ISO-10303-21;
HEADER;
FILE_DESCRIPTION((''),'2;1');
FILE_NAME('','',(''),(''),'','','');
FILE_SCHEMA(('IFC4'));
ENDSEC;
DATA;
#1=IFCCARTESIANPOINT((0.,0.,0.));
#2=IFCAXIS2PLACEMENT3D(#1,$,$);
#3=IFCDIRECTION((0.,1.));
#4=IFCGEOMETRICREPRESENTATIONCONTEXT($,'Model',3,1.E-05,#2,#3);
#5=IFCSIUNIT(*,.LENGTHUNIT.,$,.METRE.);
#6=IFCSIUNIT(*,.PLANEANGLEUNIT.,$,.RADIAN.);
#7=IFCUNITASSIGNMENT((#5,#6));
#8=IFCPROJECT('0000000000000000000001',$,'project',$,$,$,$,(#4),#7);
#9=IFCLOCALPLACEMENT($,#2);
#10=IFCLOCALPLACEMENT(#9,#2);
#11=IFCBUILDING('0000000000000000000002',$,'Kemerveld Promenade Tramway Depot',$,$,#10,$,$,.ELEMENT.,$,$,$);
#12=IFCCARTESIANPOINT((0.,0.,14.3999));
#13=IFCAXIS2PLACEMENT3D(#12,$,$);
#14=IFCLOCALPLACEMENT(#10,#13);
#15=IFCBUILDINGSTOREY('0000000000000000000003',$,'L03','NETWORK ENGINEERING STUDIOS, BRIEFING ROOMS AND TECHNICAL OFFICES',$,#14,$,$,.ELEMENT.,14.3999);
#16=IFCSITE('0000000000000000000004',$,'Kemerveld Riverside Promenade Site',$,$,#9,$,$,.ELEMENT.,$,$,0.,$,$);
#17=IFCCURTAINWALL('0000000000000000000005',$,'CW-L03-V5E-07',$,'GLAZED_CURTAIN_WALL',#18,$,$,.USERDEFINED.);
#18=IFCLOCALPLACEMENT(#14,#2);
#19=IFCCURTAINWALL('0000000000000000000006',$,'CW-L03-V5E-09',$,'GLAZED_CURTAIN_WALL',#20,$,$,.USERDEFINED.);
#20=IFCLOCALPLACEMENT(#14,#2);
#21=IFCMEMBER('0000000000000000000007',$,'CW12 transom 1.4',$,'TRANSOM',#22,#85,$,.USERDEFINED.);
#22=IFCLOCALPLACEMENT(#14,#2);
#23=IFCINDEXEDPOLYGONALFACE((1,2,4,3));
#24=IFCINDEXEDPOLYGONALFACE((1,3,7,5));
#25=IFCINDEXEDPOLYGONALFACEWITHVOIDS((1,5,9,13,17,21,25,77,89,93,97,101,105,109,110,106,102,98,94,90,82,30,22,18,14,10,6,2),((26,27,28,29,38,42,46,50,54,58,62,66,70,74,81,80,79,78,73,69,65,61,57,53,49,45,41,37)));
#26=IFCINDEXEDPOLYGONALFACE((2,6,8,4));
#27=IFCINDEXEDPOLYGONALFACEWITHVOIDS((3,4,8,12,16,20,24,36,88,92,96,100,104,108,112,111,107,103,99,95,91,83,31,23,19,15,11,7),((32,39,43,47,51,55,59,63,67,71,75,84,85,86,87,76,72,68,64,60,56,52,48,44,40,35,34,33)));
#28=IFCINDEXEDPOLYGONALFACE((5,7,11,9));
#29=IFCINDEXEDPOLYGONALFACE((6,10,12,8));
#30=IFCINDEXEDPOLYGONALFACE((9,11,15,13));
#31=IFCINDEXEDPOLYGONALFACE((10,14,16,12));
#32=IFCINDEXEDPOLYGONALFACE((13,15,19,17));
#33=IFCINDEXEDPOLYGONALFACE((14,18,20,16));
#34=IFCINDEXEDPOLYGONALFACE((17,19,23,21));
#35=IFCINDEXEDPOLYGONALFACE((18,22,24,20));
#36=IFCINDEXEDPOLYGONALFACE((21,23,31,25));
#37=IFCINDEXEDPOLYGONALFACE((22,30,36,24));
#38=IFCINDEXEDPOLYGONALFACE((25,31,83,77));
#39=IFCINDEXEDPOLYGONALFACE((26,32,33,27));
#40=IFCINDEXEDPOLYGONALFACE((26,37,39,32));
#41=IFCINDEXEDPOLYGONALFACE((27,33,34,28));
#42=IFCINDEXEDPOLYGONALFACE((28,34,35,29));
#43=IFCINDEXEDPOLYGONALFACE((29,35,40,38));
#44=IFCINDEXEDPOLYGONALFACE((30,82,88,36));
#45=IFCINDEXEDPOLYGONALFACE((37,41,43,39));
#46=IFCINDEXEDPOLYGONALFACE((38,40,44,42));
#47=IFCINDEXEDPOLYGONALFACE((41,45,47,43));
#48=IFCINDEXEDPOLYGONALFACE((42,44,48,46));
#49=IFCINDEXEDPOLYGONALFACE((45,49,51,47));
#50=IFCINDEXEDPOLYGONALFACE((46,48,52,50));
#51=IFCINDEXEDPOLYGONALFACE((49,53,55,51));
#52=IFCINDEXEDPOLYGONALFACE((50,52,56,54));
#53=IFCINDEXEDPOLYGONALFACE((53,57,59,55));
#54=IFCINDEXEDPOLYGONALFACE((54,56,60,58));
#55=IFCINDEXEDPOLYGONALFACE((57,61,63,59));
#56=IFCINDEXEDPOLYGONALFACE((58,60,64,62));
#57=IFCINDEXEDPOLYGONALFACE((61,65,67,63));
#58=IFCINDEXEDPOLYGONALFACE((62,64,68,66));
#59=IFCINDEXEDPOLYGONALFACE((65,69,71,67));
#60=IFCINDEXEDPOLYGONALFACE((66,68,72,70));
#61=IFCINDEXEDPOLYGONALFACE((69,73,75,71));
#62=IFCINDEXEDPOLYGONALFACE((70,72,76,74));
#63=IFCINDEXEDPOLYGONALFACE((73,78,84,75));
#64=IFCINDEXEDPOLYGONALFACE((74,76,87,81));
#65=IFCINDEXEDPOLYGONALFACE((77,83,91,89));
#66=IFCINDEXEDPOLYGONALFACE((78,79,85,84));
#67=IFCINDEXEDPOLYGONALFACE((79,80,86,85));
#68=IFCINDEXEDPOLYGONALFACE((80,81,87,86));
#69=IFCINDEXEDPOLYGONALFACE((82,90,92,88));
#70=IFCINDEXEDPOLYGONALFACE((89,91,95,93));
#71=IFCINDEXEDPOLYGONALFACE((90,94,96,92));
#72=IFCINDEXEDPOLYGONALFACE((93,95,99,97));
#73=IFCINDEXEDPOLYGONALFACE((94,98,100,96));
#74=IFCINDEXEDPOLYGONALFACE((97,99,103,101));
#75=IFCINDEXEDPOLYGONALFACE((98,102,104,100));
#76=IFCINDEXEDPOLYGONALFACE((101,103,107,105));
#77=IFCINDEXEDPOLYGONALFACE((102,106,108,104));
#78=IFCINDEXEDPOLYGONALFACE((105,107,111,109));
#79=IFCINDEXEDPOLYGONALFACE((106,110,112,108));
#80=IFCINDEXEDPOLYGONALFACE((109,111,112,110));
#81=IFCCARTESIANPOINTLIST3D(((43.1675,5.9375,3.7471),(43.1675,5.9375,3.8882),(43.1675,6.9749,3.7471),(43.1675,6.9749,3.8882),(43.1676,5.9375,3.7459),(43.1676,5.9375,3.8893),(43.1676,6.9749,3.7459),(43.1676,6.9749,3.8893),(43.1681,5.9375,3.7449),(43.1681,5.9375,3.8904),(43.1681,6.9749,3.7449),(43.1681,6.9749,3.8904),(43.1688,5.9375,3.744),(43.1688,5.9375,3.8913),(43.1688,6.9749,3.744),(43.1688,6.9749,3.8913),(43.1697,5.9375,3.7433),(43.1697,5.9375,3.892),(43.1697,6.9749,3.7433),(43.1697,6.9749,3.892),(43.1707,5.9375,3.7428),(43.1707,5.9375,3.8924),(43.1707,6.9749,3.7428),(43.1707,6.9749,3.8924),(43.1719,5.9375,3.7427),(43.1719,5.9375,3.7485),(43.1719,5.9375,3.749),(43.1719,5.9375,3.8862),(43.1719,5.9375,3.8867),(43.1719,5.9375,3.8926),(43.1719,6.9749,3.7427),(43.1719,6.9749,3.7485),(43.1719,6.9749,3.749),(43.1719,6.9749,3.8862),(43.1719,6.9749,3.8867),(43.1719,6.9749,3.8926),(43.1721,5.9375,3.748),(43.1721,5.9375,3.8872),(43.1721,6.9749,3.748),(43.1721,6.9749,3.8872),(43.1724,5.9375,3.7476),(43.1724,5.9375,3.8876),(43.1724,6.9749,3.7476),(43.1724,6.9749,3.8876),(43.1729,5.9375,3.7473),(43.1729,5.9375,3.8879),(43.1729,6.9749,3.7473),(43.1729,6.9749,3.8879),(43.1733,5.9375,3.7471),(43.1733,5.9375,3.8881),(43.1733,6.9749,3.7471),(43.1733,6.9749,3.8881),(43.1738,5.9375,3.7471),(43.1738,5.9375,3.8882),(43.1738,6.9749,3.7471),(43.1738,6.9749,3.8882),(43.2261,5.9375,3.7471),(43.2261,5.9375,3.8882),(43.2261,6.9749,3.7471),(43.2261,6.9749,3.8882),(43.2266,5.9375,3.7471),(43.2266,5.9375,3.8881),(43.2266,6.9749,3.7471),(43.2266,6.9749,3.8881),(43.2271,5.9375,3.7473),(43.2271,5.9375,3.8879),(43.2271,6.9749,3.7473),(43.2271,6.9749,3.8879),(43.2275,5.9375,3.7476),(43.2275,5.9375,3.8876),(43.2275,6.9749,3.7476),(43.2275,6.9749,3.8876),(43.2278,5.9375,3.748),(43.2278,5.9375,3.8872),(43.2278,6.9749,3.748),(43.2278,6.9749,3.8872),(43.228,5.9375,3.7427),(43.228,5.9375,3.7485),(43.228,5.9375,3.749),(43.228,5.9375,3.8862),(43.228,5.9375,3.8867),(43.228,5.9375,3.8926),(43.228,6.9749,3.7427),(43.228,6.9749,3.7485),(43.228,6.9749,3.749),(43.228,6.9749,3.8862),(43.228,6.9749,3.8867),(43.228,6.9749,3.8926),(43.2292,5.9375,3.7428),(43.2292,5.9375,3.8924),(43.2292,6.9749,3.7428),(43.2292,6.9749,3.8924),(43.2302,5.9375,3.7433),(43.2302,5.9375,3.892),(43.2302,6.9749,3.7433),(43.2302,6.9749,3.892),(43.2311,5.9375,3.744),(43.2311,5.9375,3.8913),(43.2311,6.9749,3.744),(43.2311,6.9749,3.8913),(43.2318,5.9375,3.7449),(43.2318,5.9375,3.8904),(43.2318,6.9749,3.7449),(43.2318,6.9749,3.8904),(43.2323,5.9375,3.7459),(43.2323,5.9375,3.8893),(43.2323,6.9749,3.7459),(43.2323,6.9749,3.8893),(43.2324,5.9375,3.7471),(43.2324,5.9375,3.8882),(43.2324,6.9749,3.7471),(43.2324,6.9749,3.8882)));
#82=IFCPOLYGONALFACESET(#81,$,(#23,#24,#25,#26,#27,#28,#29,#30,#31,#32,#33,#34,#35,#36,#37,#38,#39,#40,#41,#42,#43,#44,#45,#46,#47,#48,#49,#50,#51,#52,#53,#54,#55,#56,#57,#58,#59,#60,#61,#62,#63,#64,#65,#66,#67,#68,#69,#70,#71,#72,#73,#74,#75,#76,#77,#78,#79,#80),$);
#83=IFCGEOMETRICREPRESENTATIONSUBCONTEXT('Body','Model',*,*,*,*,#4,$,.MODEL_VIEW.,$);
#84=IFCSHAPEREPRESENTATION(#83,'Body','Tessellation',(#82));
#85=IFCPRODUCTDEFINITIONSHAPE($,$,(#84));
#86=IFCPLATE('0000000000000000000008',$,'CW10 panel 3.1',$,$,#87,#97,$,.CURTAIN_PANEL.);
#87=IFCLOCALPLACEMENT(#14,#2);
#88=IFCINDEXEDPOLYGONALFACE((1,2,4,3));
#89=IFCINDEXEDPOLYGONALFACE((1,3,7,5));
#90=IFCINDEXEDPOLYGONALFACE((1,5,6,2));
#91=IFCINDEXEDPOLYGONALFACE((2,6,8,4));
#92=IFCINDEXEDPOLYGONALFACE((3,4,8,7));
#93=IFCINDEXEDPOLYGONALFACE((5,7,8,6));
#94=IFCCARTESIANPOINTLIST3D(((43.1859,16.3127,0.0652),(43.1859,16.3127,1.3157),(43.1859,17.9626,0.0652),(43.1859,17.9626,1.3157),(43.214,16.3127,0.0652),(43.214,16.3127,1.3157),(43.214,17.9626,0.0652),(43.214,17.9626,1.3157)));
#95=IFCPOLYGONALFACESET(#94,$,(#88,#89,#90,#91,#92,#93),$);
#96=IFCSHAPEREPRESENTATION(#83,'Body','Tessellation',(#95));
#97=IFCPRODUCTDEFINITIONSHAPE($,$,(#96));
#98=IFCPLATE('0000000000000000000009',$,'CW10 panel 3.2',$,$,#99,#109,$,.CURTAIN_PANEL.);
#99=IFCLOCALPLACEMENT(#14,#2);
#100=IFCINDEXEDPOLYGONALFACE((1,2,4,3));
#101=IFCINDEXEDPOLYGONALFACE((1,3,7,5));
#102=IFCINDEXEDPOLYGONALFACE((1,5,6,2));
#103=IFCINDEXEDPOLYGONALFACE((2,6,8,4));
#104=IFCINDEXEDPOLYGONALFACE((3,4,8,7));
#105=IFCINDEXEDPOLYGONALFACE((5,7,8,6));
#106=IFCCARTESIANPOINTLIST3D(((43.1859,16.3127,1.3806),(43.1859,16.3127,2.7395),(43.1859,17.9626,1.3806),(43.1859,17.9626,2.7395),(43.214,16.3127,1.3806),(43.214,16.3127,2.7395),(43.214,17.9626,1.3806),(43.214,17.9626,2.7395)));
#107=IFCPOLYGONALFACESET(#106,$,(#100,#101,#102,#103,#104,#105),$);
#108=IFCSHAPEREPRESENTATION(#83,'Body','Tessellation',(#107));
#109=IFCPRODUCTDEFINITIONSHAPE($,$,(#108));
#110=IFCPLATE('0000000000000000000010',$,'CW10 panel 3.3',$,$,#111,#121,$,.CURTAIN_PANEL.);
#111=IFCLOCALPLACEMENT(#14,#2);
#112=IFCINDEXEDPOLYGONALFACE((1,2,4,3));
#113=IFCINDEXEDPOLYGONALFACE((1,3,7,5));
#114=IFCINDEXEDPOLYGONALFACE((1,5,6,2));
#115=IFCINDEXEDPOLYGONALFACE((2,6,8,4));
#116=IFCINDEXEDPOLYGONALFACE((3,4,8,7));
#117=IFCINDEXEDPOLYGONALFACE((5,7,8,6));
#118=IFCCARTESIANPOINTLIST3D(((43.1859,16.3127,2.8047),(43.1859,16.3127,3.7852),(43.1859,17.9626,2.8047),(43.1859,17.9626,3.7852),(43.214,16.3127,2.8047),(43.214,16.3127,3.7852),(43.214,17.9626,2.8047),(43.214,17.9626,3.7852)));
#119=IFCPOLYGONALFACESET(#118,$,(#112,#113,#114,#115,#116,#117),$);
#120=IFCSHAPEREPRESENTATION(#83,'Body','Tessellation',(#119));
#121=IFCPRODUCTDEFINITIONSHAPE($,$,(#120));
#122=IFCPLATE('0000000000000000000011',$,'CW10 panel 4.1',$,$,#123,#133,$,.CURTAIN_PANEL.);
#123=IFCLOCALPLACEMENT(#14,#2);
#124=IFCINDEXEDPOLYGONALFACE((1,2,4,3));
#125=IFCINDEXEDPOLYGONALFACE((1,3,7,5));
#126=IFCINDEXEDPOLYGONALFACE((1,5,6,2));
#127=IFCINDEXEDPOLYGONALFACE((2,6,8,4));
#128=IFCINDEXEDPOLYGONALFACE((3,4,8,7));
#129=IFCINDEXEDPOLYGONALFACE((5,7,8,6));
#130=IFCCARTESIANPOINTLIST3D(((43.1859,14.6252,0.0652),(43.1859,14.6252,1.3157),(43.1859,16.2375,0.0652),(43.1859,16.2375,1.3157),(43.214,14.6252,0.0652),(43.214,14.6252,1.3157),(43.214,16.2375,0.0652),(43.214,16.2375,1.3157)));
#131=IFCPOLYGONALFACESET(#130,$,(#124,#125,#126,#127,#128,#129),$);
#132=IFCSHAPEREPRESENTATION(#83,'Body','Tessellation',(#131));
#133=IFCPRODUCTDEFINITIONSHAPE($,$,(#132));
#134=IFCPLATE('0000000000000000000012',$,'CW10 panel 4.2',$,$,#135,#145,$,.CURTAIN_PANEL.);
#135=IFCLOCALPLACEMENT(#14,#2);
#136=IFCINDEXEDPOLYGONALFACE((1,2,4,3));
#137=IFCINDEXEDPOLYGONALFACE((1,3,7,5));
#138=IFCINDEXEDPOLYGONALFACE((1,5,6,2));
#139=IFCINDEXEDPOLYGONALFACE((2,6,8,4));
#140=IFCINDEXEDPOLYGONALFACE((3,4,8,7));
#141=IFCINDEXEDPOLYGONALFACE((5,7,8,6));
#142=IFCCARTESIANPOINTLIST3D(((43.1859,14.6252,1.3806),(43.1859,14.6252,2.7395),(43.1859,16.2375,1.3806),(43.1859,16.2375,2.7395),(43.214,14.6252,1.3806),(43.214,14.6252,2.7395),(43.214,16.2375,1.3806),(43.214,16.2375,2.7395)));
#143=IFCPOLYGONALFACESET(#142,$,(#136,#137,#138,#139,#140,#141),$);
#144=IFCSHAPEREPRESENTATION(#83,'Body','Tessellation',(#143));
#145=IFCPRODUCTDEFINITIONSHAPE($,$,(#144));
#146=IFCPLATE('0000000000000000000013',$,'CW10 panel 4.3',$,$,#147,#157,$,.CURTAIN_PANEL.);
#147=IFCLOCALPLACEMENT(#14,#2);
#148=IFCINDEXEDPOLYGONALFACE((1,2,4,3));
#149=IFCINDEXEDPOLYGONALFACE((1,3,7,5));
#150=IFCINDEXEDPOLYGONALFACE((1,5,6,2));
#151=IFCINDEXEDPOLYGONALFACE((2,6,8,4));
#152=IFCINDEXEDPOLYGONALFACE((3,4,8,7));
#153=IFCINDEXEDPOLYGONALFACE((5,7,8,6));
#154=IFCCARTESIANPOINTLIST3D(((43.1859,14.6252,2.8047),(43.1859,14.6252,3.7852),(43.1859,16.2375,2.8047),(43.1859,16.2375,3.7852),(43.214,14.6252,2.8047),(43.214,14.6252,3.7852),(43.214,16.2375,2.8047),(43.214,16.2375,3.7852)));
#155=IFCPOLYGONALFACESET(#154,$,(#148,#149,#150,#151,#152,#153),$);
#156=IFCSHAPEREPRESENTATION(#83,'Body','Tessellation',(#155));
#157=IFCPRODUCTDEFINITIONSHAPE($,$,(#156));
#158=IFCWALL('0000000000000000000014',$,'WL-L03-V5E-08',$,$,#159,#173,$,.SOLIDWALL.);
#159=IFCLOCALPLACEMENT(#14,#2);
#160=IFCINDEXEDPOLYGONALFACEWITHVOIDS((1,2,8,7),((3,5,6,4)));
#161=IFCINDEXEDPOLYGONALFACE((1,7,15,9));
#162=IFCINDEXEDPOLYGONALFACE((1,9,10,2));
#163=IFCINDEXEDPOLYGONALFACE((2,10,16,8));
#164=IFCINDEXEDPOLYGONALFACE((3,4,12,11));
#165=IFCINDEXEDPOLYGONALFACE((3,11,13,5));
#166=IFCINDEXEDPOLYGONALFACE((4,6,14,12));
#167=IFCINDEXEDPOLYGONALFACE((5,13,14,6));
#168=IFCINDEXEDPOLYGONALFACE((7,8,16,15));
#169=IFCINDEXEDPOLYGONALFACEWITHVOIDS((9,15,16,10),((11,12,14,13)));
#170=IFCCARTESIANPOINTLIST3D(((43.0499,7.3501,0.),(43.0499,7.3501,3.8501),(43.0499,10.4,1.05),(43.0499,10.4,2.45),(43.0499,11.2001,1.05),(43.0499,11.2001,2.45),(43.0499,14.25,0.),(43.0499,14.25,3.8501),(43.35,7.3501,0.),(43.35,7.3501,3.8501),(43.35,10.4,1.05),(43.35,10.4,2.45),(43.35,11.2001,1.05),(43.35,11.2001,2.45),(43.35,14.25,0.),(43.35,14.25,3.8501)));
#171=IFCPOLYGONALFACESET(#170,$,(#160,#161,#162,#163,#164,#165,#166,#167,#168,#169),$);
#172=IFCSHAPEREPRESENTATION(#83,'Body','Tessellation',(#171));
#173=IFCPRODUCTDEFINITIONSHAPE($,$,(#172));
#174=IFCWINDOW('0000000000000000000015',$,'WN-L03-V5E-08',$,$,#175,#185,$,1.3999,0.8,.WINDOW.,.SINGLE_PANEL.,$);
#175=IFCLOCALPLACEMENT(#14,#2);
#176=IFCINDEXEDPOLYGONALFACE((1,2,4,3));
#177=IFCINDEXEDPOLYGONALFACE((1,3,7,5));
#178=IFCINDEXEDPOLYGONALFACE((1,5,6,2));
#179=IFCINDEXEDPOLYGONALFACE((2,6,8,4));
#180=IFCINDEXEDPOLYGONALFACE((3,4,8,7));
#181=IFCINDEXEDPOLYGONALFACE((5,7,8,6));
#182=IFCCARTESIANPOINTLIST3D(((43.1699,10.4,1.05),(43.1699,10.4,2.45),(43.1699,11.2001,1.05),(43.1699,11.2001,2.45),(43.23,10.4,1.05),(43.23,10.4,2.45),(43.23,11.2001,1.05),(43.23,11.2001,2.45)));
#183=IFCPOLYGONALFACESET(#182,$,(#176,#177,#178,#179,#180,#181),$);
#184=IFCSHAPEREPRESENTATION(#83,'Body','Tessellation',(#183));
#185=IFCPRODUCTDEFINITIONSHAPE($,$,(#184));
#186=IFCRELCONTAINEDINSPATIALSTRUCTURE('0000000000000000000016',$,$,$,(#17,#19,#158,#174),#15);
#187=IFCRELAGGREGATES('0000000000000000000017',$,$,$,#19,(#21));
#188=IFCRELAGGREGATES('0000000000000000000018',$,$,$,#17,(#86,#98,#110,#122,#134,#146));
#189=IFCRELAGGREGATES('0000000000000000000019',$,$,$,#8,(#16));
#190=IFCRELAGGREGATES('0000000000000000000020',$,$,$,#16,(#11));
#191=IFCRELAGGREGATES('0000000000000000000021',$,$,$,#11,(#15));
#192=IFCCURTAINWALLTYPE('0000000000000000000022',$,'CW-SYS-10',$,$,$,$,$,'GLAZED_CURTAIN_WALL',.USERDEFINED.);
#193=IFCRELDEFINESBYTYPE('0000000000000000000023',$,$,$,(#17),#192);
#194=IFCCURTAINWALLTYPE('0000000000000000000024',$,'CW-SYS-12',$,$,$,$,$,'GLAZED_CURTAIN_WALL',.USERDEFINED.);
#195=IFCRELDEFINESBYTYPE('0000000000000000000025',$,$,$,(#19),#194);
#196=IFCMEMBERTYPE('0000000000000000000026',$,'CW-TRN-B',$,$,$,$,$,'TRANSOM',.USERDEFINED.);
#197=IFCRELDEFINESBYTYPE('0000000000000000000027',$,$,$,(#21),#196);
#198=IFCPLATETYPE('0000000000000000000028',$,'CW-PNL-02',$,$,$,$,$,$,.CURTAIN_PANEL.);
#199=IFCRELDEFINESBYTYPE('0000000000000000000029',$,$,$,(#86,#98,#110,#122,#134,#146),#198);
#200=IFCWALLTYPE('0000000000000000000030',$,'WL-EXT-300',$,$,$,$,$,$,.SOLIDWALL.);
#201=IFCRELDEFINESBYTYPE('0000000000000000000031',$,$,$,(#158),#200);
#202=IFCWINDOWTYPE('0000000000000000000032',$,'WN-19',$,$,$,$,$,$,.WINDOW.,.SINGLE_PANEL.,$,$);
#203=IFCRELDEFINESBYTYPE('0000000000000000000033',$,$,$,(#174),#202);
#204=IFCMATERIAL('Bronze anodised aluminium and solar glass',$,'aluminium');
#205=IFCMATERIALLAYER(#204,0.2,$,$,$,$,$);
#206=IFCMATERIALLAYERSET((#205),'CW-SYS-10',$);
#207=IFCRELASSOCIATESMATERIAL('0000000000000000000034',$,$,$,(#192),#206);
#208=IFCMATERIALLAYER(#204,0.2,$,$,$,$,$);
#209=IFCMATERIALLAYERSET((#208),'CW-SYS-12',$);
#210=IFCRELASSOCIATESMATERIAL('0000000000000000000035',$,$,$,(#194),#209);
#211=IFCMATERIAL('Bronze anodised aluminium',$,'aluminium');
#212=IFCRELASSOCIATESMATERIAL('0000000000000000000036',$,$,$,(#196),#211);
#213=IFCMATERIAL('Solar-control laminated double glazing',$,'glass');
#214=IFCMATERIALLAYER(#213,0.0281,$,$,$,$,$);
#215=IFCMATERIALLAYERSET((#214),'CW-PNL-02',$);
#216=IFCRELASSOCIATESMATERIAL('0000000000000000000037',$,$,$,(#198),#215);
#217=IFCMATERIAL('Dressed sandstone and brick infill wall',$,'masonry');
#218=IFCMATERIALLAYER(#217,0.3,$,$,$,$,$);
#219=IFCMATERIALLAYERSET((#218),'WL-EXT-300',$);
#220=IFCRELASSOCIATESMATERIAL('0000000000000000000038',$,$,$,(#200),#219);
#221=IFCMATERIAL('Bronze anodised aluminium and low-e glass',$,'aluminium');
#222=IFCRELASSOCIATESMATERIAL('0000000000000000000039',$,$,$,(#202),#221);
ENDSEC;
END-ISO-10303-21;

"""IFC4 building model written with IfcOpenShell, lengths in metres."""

from ifc_helpers import new_model, si_unit, direction, frame, frame_2d, origin, origin_2d, place, context, subcontext, project, spatial, rectangle, hollow_rectangle, extrude, material, layer, layer_set, material_profile, profile_set, type_object, element, fill, aggregate, save


model = new_model("IFC4")

# Units and contexts
model_context = context("Model", 3, precision=1e-05, world=origin(), true_north=direction((0.0, 1.0)))
body_context = subcontext(model_context, "Body", "Model", "MODEL_VIEW")
ifc_project = project(units=[si_unit("LENGTHUNIT", "METRE"), si_unit("PLANEANGLEUNIT", "RADIAN")], contexts=[model_context])

# Site, building, storey
site_placement = place(None, origin())
site = spatial("IfcSite", under=ifc_project, at=site_placement, Name="Kemerveld Riverside Promenade Site", CompositionType="ELEMENT", RefElevation=0.0)
building_placement = place(site_placement, origin())
building = spatial("IfcBuilding", under=site, at=building_placement, Name="Kemerveld Promenade Tramway Depot", CompositionType="ELEMENT")
storey_placement = place(building_placement, frame((0.0, 0.0, 14.3999)))
storey = spatial("IfcBuildingStorey", under=building, at=storey_placement, Name="L03", Description="NETWORK ENGINEERING STUDIOS, BRIEFING ROOMS AND TECHNICAL OFFICES", CompositionType="ELEMENT", Elevation=14.3999)

# Curtain wall
ifc_material_1 = material(Name="Bronze anodised aluminium and solar glass", Category="aluminium")
ifc_layer_1 = layer(ifc_material_1, 0.2)
ifc_layer_set_1 = layer_set([ifc_layer_1], Name="CW-SYS-10")
curtain_wall_type_1 = type_object("IfcCurtainWallType", Name="CW-SYS-10", ElementType="GLAZED_CURTAIN_WALL", PredefinedType="USERDEFINED", material=ifc_layer_set_1)
curtain_wall_1_placement = place(storey_placement, origin())
curtain_wall_1 = element("IfcCurtainWall", 1, at=curtain_wall_1_placement, inside=storey, type_object=curtain_wall_type_1, Name="CW-L03-V5E-07", ObjectType="GLAZED_CURTAIN_WALL", PredefinedType="USERDEFINED")
ifc_material_2 = material(Name="Bronze anodised aluminium", Category="aluminium")

# Curtain wall
ifc_layer_2 = layer(ifc_material_1, 0.2)
ifc_layer_set_2 = layer_set([ifc_layer_2], Name="CW-SYS-12")
curtain_wall_type_2 = type_object("IfcCurtainWallType", Name="CW-SYS-12", ElementType="GLAZED_CURTAIN_WALL", PredefinedType="USERDEFINED", material=ifc_layer_set_2)
curtain_wall_2_placement = place(storey_placement, origin())
curtain_wall_2 = element("IfcCurtainWall", 2, at=curtain_wall_2_placement, inside=storey, type_object=curtain_wall_type_2, Name="CW-L03-V5E-09", ObjectType="GLAZED_CURTAIN_WALL", PredefinedType="USERDEFINED")

# Member
ifc_material_profile_1 = material_profile(ifc_material_2, hollow_rectangle(XDim=0.0649, YDim=0.1499, WallThickness=0.0044, InnerFilletRadius=0.002, OuterFilletRadius=0.0044, at=origin_2d()), Name="CW-TRN-150x65")
ifc_profile_set_1 = profile_set([ifc_material_profile_1], Name="Bronze anodised aluminium")
member_type_1 = type_object("IfcMemberType", Name="CW-TRN-B", ElementType="TRANSOM", PredefinedType="USERDEFINED", material=ifc_profile_set_1)
member_1_placement = place(storey_placement, frame((43.2, 6.9749, 3.8176), z_axis=(0.0, -1.0, 0.0), x_axis=(1.0, 0.0, 0.0)))
member_1 = element("IfcMember", 3, at=member_1_placement, type_object=member_type_1, Name="CW12 transom 1.4", ObjectType="TRANSOM", PredefinedType="USERDEFINED", context=body_context, shape_type="SweptSolid", body=[
    extrude(hollow_rectangle(XDim=0.0649, YDim=0.1499, WallThickness=0.0044, InnerFilletRadius=0.002, OuterFilletRadius=0.0044, at=origin_2d()), origin(), (0.0, 0.0, 1.0), 1.0374),
])
aggregate(curtain_wall_2, [member_1])

# Plates
ifc_material_3 = material(Name="Solar-control laminated double glazing", Category="glass")
ifc_layer_3 = layer(ifc_material_3, 0.0281)
ifc_layer_set_3 = layer_set([ifc_layer_3], Name="CW-PNL-02")
plate_type = type_object("IfcPlateType", Name="CW-PNL-02", PredefinedType="CURTAIN_PANEL", material=ifc_layer_set_3)
plate_1_placement = place(storey_placement, frame((43.2, 17.1377, 0.0652), z_axis=(0.0, 0.0, 1.0), x_axis=(0.0, -1.0, 0.0)))
plate_1 = element("IfcPlate", 4, at=plate_1_placement, type_object=plate_type, Name="CW10 panel 3.1", PredefinedType="CURTAIN_PANEL", context=body_context, shape_type="SweptSolid", body=[
    extrude(rectangle(XDim=1.6499, YDim=0.0281, at=origin_2d()), origin(), (0.0, 0.0, 1.0), 1.2505),
])
plate_2_placement = place(storey_placement, frame((43.2, 17.1377, 1.3806), z_axis=(0.0, 0.0, 1.0), x_axis=(0.0, -1.0, 0.0)))
plate_2 = element("IfcPlate", 5, at=plate_2_placement, type_object=plate_type, Name="CW10 panel 3.2", PredefinedType="CURTAIN_PANEL", context=body_context, shape_type="SweptSolid", body=[
    extrude(rectangle(XDim=1.6499, YDim=0.0281, at=origin_2d()), origin(), (0.0, 0.0, 1.0), 1.3589),
])
plate_3_placement = place(storey_placement, frame((43.2, 17.1377, 2.8047), z_axis=(0.0, 0.0, 1.0), x_axis=(0.0, -1.0, 0.0)))
plate_3 = element("IfcPlate", 6, at=plate_3_placement, type_object=plate_type, Name="CW10 panel 3.3", PredefinedType="CURTAIN_PANEL", context=body_context, shape_type="SweptSolid", body=[
    extrude(rectangle(XDim=1.6499, YDim=0.0281, at=origin_2d()), origin(), (0.0, 0.0, 1.0), 0.9805),
])
plate_4_placement = place(storey_placement, frame((43.2, 15.4314, 0.0652), z_axis=(0.0, 0.0, 1.0), x_axis=(0.0, -1.0, 0.0)))
plate_4 = element("IfcPlate", 7, at=plate_4_placement, type_object=plate_type, Name="CW10 panel 4.1", PredefinedType="CURTAIN_PANEL", context=body_context, shape_type="SweptSolid", body=[
    extrude(rectangle(XDim=1.6123, YDim=0.0281, at=origin_2d()), origin(), (0.0, 0.0, 1.0), 1.2505),
])
plate_5_placement = place(storey_placement, frame((43.2, 15.4314, 1.3806), z_axis=(0.0, 0.0, 1.0), x_axis=(0.0, -1.0, 0.0)))
plate_5 = element("IfcPlate", 8, at=plate_5_placement, type_object=plate_type, Name="CW10 panel 4.2", PredefinedType="CURTAIN_PANEL", context=body_context, shape_type="SweptSolid", body=[
    extrude(rectangle(XDim=1.6123, YDim=0.0281, at=origin_2d()), origin(), (0.0, 0.0, 1.0), 1.3589),
])
plate_6_placement = place(storey_placement, frame((43.2, 15.4314, 2.8047), z_axis=(0.0, 0.0, 1.0), x_axis=(0.0, -1.0, 0.0)))
plate_6 = element("IfcPlate", 9, at=plate_6_placement, type_object=plate_type, Name="CW10 panel 4.3", PredefinedType="CURTAIN_PANEL", context=body_context, shape_type="SweptSolid", body=[
    extrude(rectangle(XDim=1.6123, YDim=0.0281, at=origin_2d()), origin(), (0.0, 0.0, 1.0), 0.9805),
])
aggregate(curtain_wall_1, [plate_1, plate_2, plate_3, plate_4, plate_5, plate_6])

# Wall, opening, window
ifc_material_4 = material(Name="Dressed sandstone and brick infill wall", Category="masonry")
ifc_layer_4 = layer(ifc_material_4, 0.3)
ifc_layer_set_4 = layer_set([ifc_layer_4], Name="WL-EXT-300")
wall_type = type_object("IfcWallType", Name="WL-EXT-300", PredefinedType="SOLIDWALL", material=ifc_layer_set_4)
wall_placement = place(storey_placement, frame((43.2, 14.25, 0.0), z_axis=(0.0, 0.0, 1.0), x_axis=(0.0, -1.0, 0.0)))
wall = element("IfcWall", 10, at=wall_placement, inside=storey, type_object=wall_type, Name="WL-L03-V5E-08", PredefinedType="SOLIDWALL", context=body_context, shape_type="SweptSolid", body=[
    extrude(rectangle(XDim=6.8999, YDim=0.3, at=frame_2d((3.45, 0.0))), origin(), (0.0, 0.0, 1.0), 3.8501),
])
opening_placement = place(wall_placement, frame((3.05, 0.0, 1.05)))
opening = element("IfcOpeningElement", 11, at=opening_placement, cuts=wall, PredefinedType="OPENING", context=body_context, shape_type="SweptSolid", body=[
    extrude(rectangle(XDim=0.8, YDim=1.3999, at=frame_2d((0.3999, 0.7))), frame((0.0, 0.1599, 0.0), z_axis=(0.0, -1.0, 0.0), x_axis=(1.0, 0.0, 0.0)), (0.0, 0.0, 1.0), 0.3201),
])
ifc_material_5 = material(Name="Bronze anodised aluminium and low-e glass", Category="aluminium")
window_type = type_object("IfcWindowType", Name="WN-19", PartitioningType="SINGLE_PANEL", PredefinedType="WINDOW", material=ifc_material_5)
window_placement = place(opening_placement, origin())
window = element("IfcWindow", 12, at=window_placement, inside=storey, type_object=window_type, Name="WN-L03-V5E-08", OverallHeight=1.3999, OverallWidth=0.8, PartitioningType="SINGLE_PANEL", PredefinedType="WINDOW", context=body_context, shape_type="SweptSolid", body=[
    extrude(rectangle(XDim=0.8, YDim=1.3999, at=frame_2d((0.3999, 0.7))), frame((0.0, 0.03, 0.0), z_axis=(0.0, -1.0, 0.0), x_axis=(1.0, 0.0, 0.0)), (0.0, 0.0, 1.0), 0.0601),
])
fill(opening, window)

save(model, "model.ifc")
